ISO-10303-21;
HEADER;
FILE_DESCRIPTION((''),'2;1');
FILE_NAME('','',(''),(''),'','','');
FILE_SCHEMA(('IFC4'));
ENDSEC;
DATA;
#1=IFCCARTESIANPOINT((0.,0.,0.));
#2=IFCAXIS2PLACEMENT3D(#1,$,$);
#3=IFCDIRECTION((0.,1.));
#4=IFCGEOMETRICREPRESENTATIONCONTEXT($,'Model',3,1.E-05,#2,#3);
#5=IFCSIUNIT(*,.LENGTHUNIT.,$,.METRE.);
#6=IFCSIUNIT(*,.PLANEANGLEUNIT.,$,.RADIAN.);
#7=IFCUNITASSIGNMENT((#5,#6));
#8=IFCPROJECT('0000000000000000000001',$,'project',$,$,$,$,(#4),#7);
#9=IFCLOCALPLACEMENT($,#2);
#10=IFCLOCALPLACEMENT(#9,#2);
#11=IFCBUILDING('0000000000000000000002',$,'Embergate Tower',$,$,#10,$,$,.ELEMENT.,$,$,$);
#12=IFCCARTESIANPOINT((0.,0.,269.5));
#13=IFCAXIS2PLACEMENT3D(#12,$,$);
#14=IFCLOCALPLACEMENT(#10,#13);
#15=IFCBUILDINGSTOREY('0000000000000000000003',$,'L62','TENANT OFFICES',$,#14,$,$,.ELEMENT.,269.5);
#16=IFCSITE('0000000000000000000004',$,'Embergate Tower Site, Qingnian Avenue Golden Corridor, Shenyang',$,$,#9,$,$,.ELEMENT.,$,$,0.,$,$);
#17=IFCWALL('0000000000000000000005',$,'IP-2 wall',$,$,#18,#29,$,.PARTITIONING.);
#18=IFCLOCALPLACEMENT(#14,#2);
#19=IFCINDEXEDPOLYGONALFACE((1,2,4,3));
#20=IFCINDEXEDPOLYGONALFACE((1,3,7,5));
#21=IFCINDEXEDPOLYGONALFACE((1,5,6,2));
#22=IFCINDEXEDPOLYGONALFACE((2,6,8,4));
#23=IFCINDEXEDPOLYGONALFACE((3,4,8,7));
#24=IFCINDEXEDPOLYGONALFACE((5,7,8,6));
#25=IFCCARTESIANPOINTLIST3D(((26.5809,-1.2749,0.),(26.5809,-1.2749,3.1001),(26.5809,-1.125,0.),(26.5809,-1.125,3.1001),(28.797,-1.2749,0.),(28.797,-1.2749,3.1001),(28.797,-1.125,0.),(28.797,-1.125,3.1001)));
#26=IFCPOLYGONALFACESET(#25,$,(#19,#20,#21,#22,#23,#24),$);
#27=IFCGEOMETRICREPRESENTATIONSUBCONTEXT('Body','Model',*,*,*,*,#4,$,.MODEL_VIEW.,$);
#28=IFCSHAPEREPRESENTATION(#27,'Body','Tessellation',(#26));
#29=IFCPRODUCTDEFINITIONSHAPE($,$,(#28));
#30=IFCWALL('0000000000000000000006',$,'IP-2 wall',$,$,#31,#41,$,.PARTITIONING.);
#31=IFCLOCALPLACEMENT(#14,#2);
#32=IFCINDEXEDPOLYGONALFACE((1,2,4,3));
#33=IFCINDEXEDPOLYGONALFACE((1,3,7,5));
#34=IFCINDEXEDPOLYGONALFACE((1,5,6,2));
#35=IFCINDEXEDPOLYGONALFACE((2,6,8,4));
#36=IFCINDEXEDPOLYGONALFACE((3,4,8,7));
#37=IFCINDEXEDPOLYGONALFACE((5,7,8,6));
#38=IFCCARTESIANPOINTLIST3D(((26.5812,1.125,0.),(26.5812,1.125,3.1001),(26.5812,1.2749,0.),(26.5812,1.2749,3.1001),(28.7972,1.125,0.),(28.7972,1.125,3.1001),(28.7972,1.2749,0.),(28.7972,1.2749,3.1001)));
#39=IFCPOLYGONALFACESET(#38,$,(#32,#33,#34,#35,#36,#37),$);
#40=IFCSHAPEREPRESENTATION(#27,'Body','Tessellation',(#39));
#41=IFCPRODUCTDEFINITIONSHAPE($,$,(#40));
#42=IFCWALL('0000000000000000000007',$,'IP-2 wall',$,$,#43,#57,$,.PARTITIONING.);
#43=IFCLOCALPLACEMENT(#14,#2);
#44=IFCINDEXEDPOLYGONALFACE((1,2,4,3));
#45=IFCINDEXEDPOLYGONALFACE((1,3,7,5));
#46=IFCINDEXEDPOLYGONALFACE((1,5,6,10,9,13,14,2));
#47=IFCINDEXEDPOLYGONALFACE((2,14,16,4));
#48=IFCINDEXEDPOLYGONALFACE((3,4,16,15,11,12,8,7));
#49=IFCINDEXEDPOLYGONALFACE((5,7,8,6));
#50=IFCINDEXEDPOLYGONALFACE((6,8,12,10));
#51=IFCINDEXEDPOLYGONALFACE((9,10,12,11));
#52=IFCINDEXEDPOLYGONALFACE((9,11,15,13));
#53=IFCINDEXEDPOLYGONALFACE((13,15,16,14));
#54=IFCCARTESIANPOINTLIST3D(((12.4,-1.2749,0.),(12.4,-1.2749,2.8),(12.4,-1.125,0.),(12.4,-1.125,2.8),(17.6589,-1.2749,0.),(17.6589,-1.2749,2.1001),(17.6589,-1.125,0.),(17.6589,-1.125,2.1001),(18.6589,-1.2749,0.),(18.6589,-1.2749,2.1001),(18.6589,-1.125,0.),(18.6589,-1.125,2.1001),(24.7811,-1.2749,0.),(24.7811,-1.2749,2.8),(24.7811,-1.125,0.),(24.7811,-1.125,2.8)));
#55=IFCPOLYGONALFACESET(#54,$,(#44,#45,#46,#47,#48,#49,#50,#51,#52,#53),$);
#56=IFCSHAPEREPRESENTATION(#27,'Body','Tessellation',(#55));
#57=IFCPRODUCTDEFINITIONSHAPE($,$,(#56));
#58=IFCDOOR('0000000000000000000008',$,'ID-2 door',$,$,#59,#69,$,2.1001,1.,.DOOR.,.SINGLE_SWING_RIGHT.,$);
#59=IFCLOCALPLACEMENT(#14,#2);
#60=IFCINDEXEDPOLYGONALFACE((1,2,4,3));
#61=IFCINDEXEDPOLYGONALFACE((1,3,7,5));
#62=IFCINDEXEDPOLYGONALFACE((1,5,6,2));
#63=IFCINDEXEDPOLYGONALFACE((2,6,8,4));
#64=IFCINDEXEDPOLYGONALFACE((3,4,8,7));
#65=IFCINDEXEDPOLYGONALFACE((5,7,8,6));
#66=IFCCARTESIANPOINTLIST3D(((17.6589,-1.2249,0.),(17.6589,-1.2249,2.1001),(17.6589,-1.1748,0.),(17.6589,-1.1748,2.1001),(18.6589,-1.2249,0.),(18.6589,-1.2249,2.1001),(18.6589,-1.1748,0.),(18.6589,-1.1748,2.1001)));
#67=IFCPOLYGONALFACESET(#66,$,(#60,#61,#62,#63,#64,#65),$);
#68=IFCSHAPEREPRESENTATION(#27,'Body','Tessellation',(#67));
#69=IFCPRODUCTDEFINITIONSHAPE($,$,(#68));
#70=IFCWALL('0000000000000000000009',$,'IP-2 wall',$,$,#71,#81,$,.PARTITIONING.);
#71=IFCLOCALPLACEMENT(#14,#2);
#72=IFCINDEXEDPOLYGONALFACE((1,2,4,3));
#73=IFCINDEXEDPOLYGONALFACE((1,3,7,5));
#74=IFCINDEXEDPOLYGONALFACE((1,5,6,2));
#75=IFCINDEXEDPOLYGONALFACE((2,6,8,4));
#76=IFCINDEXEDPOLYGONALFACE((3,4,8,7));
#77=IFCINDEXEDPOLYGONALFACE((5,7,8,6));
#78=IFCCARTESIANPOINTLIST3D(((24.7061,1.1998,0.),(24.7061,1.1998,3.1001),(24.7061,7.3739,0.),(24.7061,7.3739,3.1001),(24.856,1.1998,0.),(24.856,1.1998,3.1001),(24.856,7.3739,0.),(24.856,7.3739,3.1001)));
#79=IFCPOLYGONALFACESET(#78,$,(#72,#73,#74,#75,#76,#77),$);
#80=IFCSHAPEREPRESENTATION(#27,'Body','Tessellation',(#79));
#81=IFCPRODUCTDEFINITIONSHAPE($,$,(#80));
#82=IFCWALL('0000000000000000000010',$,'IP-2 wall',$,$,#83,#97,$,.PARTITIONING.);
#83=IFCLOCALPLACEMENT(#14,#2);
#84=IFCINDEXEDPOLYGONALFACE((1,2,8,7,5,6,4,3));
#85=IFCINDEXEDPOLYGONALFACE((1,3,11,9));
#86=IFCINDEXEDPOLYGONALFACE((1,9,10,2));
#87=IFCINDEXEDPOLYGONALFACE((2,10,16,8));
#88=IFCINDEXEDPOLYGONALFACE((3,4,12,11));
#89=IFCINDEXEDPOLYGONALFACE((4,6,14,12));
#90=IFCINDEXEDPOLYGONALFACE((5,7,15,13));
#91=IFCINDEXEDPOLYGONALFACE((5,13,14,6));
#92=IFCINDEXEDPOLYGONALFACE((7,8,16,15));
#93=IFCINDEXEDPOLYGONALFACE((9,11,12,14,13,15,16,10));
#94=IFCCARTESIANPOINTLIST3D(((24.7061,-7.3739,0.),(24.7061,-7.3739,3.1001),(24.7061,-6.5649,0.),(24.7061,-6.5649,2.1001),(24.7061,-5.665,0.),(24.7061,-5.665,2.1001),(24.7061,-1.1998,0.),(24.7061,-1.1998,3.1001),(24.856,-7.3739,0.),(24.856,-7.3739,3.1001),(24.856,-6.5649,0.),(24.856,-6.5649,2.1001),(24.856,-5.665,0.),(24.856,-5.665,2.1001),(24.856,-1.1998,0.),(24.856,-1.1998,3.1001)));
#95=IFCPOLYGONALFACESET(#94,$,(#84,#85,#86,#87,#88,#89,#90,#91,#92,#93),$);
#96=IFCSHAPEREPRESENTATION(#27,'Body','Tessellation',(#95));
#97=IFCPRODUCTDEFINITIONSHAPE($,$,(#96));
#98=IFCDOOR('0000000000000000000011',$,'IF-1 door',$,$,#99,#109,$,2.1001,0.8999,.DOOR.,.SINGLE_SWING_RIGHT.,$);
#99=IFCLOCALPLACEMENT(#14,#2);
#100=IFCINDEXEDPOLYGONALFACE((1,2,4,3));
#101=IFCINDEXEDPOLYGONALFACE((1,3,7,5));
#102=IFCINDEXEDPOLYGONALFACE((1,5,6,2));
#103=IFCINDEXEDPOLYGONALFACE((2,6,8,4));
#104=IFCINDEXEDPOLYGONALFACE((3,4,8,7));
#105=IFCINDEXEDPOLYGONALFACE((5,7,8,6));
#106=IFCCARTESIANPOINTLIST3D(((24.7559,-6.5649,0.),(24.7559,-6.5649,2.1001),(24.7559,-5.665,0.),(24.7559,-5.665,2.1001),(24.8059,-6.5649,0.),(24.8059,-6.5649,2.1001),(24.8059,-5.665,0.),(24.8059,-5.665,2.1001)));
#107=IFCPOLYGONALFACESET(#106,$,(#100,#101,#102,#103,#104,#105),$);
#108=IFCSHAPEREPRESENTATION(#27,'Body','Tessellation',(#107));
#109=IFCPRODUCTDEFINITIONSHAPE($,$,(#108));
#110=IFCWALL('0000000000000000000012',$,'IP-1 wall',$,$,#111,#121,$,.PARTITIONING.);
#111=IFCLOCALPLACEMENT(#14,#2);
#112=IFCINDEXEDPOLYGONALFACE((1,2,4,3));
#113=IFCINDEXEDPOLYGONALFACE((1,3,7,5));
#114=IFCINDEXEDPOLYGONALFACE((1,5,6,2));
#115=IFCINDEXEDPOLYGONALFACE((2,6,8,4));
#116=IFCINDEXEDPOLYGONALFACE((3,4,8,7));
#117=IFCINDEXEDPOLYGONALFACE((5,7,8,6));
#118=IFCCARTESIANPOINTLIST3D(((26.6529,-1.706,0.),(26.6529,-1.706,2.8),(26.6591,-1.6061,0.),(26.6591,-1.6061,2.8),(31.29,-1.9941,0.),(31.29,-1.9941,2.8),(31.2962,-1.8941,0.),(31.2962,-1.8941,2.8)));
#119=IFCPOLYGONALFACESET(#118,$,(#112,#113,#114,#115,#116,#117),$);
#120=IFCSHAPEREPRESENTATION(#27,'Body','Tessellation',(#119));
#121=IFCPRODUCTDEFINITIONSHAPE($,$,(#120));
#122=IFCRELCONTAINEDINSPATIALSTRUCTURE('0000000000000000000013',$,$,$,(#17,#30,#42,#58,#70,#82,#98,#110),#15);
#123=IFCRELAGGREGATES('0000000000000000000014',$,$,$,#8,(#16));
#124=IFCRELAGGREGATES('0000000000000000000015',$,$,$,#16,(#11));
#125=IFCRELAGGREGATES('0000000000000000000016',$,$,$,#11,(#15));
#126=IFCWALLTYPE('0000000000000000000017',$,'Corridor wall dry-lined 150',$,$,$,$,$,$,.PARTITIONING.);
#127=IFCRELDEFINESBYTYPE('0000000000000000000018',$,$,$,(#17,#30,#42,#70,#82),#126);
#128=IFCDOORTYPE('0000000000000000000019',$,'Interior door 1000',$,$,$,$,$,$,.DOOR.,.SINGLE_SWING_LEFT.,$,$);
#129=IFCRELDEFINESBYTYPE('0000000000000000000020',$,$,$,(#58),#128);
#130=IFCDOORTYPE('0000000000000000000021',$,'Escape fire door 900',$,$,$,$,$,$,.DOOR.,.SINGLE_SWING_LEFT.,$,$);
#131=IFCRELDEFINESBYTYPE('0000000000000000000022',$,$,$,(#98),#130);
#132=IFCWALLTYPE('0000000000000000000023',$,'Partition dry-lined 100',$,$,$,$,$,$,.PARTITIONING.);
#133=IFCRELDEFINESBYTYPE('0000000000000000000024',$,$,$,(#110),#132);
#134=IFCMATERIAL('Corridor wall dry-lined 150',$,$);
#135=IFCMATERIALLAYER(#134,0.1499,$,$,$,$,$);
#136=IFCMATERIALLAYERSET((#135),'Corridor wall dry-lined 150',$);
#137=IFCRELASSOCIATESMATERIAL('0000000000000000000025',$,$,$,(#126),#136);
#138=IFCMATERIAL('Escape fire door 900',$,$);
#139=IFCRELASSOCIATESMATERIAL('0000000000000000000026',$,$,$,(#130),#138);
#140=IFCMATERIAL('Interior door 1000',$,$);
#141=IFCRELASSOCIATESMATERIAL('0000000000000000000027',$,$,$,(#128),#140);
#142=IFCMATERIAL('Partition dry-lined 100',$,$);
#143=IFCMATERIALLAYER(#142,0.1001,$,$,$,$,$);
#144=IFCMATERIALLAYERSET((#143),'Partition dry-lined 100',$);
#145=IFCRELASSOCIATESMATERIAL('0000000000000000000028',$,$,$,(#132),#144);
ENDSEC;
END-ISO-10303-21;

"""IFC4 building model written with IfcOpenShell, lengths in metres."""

from ifc_helpers import new_model, si_unit, direction, frame, frame_2d, origin, place, context, subcontext, project, spatial, rectangle, extrude, source, transform, mapped, material, layer, layer_set, type_object, element, fill, save


model = new_model("IFC4")

# Units and contexts
model_context = context("Model", 3, precision=1e-05, world=origin(), true_north=direction((0.0, 1.0)))
body_context = subcontext(model_context, "Body", "Model", "MODEL_VIEW")
ifc_project = project(units=[si_unit("LENGTHUNIT", "METRE"), si_unit("PLANEANGLEUNIT", "RADIAN")], contexts=[model_context])

# Site, building, storey
site_placement = place(None, origin())
site = spatial("IfcSite", under=ifc_project, at=site_placement, Name="Embergate Tower Site, Qingnian Avenue Golden Corridor, Shenyang", CompositionType="ELEMENT", RefElevation=0.0)
building_placement = place(site_placement, origin())
building = spatial("IfcBuilding", under=site, at=building_placement, Name="Embergate Tower", CompositionType="ELEMENT")
storey_placement = place(building_placement, frame((0.0, 0.0, 269.5)))
storey = spatial("IfcBuildingStorey", under=building, at=storey_placement, Name="L62", Description="TENANT OFFICES", CompositionType="ELEMENT", Elevation=269.5)

# Shared definitions
ifc_material_1 = material(Name="Corridor wall dry-lined 150")
ifc_layer_1 = layer(ifc_material_1, 0.1499)
ifc_layer_set_1 = layer_set([ifc_layer_1], Name="Corridor wall dry-lined 150")
wall_type_1 = type_object("IfcWallType", Name="Corridor wall dry-lined 150", PredefinedType="PARTITIONING", material=ifc_layer_set_1)

# Shared definitions
shared_shape_1 = source(origin(), body_context, "Body", "SweptSolid", [
    extrude(rectangle(XDim=0.8999, YDim=2.1001, at=frame_2d((0.45, 1.05))), frame((0.0, 0.085, 0.0), z_axis=(0.0, -1.0, 0.0), x_axis=(1.0, 0.0, 0.0)), (0.0, 0.0, 1.0), 0.1699),
])
ifc_material_2 = material(Name="Escape fire door 900")
door_type_1 = type_object("IfcDoorType", Name="Escape fire door 900", OperationType="SINGLE_SWING_LEFT", PredefinedType="DOOR", material=ifc_material_2)
shared_shape_2 = source(origin(), body_context, "Body", "SweptSolid", [
    extrude(rectangle(XDim=0.8999, YDim=2.1001, at=frame_2d((0.45, 1.05))), frame((0.0, 0.0249, 0.0), z_axis=(0.0, -1.0, 0.0), x_axis=(1.0, 0.0, 0.0)), (0.0, 0.0, 1.0), 0.05),
])

# Walls
shared_shape_3 = source(origin(), body_context, "Body", "SweptSolid", [
    extrude(rectangle(XDim=2.2161, YDim=0.1499, at=frame_2d((1.1079, 0.0))), origin(), (0.0, 0.0, 1.0), 3.1001),
])
for number, where, z_axis, x_axis, name in (
    (1, (26.5811, -1.2, 0.0), (0.0, 0.0, 1.0), (1.0, 0.0, 0.0), "IP-2 wall"),
    (2, (28.7971, 1.2, 0.0), (0.0, 0.0, 1.0), (-1.0, 0.0, 0.0), "IP-2 wall"),
):
    element("IfcWall", number, at=place(storey_placement, frame(where, z_axis=z_axis, x_axis=x_axis)), inside=storey, type_object=wall_type_1, Name=name, PredefinedType="PARTITIONING", context=body_context, shape_type="MappedRepresentation", body=[
        mapped(shared_shape_3, transform((0.0, 0.0, 0.0))),
    ])

# Wall, opening, door
shared_shape_4 = source(origin(), body_context, "Body", "SweptSolid", [
    extrude(rectangle(XDim=12.3811, YDim=0.1499, at=frame_2d((6.1904, 0.0))), origin(), (0.0, 0.0, 1.0), 2.8),
])
wall_1_placement = place(storey_placement, frame((24.781, -1.2, 0.0), z_axis=(0.0, 0.0, 1.0), x_axis=(-1.0, 0.0, 0.0)))
wall_1 = element("IfcWall", 3, at=wall_1_placement, inside=storey, type_object=wall_type_1, Name="IP-2 wall", PredefinedType="PARTITIONING", context=body_context, shape_type="MappedRepresentation", body=[
    mapped(shared_shape_4, transform((0.0, 0.0, 0.0))),
])
shared_shape_5 = source(origin(), body_context, "Body", "SweptSolid", [
    extrude(rectangle(XDim=1.0, YDim=2.1001, at=frame_2d((0.5, 1.05))), frame((0.0, 0.085, 0.0), z_axis=(0.0, -1.0, 0.0), x_axis=(1.0, 0.0, 0.0)), (0.0, 0.0, 1.0), 0.1699),
])
opening_1_placement = place(wall_1_placement, frame((6.1221, 0.0, 0.0)))
opening_1 = element("IfcOpeningElement", 4, at=opening_1_placement, cuts=wall_1, PredefinedType="OPENING", context=body_context, shape_type="MappedRepresentation", body=[
    mapped(shared_shape_5, transform((0.0, 0.0, 0.0))),
])
ifc_material_3 = material(Name="Interior door 1000")
door_type_2 = type_object("IfcDoorType", Name="Interior door 1000", OperationType="SINGLE_SWING_LEFT", PredefinedType="DOOR", material=ifc_material_3)
shared_shape_6 = source(origin(), body_context, "Body", "SweptSolid", [
    extrude(rectangle(XDim=1.0, YDim=2.1001, at=frame_2d((0.5, 1.05))), frame((0.0, 0.0249, 0.0), z_axis=(0.0, -1.0, 0.0), x_axis=(1.0, 0.0, 0.0)), (0.0, 0.0, 1.0), 0.05),
])
door_1_placement = place(opening_1_placement, origin())
door_1 = element("IfcDoor", 5, at=door_1_placement, inside=storey, type_object=door_type_2, Name="ID-2 door", OperationType="SINGLE_SWING_RIGHT", OverallHeight=2.1001, OverallWidth=1.0, PredefinedType="DOOR", context=body_context, shape_type="MappedRepresentation", body=[
    mapped(shared_shape_6, transform((0.0, 0.0, 0.0))),
])
fill(opening_1, door_1)

# Wall
shared_shape_7 = source(origin(), body_context, "Body", "SweptSolid", [
    extrude(rectangle(XDim=6.1741, YDim=0.1499, at=frame_2d((3.0869, 0.0))), origin(), (0.0, 0.0, 1.0), 3.1001),
])
wall_2_placement = place(storey_placement, frame((24.781, 1.2, 0.0), z_axis=(0.0, 0.0, 1.0), x_axis=(0.0, 1.0, 0.0)))
element("IfcWall", 6, at=wall_2_placement, inside=storey, type_object=wall_type_1, Name="IP-2 wall", PredefinedType="PARTITIONING", context=body_context, shape_type="MappedRepresentation", body=[
    mapped(shared_shape_7, transform((0.0, 0.0, 0.0))),
])

# Wall, opening, door
wall_3_placement = place(storey_placement, frame((24.781, -1.2, 0.0), z_axis=(0.0, 0.0, 1.0), x_axis=(0.0, -1.0, 0.0)))
wall_3 = element("IfcWall", 7, at=wall_3_placement, inside=storey, type_object=wall_type_1, Name="IP-2 wall", PredefinedType="PARTITIONING", context=body_context, shape_type="MappedRepresentation", body=[
    mapped(shared_shape_7, transform((0.0, 0.0, 0.0))),
])
opening_2_placement = place(wall_3_placement, frame((4.4651, 0.0, 0.0)))
opening_2 = element("IfcOpeningElement", 8, at=opening_2_placement, cuts=wall_3, PredefinedType="OPENING", context=body_context, shape_type="MappedRepresentation", body=[
    mapped(shared_shape_1, transform((0.0, 0.0, 0.0))),
])
door_2_placement = place(opening_2_placement, origin())
door_2 = element("IfcDoor", 9, at=door_2_placement, inside=storey, type_object=door_type_1, Name="IF-1 door", OperationType="SINGLE_SWING_RIGHT", OverallHeight=2.1001, OverallWidth=0.8999, PredefinedType="DOOR", context=body_context, shape_type="MappedRepresentation", body=[
    mapped(shared_shape_2, transform((0.0, 0.0, 0.0))),
])
fill(opening_2, door_2)

# Wall
ifc_material_4 = material(Name="Partition dry-lined 100")
ifc_layer_2 = layer(ifc_material_4, 0.1001)
ifc_layer_set_2 = layer_set([ifc_layer_2], Name="Partition dry-lined 100")
wall_type_2 = type_object("IfcWallType", Name="Partition dry-lined 100", PredefinedType="PARTITIONING", material=ifc_layer_set_2)
shared_shape_8 = source(origin(), body_context, "Body", "SweptSolid", [
    extrude(rectangle(XDim=4.646, YDim=0.1001, at=frame_2d((2.323, 0.0))), origin(), (0.0, 0.0, 1.0), 2.8),
])
wall_4_placement = place(storey_placement, frame((26.656, -1.656, 0.0), z_axis=(0.0, 0.0, 1.0), x_axis=(0.998076, -0.062009, 0.0)))
element("IfcWall", 10, at=wall_4_placement, inside=storey, type_object=wall_type_2, Name="IP-1 wall", PredefinedType="PARTITIONING", context=body_context, shape_type="MappedRepresentation", body=[
    mapped(shared_shape_8, transform((0.0, 0.0, 0.0))),
])

save(model, "model.ifc")
